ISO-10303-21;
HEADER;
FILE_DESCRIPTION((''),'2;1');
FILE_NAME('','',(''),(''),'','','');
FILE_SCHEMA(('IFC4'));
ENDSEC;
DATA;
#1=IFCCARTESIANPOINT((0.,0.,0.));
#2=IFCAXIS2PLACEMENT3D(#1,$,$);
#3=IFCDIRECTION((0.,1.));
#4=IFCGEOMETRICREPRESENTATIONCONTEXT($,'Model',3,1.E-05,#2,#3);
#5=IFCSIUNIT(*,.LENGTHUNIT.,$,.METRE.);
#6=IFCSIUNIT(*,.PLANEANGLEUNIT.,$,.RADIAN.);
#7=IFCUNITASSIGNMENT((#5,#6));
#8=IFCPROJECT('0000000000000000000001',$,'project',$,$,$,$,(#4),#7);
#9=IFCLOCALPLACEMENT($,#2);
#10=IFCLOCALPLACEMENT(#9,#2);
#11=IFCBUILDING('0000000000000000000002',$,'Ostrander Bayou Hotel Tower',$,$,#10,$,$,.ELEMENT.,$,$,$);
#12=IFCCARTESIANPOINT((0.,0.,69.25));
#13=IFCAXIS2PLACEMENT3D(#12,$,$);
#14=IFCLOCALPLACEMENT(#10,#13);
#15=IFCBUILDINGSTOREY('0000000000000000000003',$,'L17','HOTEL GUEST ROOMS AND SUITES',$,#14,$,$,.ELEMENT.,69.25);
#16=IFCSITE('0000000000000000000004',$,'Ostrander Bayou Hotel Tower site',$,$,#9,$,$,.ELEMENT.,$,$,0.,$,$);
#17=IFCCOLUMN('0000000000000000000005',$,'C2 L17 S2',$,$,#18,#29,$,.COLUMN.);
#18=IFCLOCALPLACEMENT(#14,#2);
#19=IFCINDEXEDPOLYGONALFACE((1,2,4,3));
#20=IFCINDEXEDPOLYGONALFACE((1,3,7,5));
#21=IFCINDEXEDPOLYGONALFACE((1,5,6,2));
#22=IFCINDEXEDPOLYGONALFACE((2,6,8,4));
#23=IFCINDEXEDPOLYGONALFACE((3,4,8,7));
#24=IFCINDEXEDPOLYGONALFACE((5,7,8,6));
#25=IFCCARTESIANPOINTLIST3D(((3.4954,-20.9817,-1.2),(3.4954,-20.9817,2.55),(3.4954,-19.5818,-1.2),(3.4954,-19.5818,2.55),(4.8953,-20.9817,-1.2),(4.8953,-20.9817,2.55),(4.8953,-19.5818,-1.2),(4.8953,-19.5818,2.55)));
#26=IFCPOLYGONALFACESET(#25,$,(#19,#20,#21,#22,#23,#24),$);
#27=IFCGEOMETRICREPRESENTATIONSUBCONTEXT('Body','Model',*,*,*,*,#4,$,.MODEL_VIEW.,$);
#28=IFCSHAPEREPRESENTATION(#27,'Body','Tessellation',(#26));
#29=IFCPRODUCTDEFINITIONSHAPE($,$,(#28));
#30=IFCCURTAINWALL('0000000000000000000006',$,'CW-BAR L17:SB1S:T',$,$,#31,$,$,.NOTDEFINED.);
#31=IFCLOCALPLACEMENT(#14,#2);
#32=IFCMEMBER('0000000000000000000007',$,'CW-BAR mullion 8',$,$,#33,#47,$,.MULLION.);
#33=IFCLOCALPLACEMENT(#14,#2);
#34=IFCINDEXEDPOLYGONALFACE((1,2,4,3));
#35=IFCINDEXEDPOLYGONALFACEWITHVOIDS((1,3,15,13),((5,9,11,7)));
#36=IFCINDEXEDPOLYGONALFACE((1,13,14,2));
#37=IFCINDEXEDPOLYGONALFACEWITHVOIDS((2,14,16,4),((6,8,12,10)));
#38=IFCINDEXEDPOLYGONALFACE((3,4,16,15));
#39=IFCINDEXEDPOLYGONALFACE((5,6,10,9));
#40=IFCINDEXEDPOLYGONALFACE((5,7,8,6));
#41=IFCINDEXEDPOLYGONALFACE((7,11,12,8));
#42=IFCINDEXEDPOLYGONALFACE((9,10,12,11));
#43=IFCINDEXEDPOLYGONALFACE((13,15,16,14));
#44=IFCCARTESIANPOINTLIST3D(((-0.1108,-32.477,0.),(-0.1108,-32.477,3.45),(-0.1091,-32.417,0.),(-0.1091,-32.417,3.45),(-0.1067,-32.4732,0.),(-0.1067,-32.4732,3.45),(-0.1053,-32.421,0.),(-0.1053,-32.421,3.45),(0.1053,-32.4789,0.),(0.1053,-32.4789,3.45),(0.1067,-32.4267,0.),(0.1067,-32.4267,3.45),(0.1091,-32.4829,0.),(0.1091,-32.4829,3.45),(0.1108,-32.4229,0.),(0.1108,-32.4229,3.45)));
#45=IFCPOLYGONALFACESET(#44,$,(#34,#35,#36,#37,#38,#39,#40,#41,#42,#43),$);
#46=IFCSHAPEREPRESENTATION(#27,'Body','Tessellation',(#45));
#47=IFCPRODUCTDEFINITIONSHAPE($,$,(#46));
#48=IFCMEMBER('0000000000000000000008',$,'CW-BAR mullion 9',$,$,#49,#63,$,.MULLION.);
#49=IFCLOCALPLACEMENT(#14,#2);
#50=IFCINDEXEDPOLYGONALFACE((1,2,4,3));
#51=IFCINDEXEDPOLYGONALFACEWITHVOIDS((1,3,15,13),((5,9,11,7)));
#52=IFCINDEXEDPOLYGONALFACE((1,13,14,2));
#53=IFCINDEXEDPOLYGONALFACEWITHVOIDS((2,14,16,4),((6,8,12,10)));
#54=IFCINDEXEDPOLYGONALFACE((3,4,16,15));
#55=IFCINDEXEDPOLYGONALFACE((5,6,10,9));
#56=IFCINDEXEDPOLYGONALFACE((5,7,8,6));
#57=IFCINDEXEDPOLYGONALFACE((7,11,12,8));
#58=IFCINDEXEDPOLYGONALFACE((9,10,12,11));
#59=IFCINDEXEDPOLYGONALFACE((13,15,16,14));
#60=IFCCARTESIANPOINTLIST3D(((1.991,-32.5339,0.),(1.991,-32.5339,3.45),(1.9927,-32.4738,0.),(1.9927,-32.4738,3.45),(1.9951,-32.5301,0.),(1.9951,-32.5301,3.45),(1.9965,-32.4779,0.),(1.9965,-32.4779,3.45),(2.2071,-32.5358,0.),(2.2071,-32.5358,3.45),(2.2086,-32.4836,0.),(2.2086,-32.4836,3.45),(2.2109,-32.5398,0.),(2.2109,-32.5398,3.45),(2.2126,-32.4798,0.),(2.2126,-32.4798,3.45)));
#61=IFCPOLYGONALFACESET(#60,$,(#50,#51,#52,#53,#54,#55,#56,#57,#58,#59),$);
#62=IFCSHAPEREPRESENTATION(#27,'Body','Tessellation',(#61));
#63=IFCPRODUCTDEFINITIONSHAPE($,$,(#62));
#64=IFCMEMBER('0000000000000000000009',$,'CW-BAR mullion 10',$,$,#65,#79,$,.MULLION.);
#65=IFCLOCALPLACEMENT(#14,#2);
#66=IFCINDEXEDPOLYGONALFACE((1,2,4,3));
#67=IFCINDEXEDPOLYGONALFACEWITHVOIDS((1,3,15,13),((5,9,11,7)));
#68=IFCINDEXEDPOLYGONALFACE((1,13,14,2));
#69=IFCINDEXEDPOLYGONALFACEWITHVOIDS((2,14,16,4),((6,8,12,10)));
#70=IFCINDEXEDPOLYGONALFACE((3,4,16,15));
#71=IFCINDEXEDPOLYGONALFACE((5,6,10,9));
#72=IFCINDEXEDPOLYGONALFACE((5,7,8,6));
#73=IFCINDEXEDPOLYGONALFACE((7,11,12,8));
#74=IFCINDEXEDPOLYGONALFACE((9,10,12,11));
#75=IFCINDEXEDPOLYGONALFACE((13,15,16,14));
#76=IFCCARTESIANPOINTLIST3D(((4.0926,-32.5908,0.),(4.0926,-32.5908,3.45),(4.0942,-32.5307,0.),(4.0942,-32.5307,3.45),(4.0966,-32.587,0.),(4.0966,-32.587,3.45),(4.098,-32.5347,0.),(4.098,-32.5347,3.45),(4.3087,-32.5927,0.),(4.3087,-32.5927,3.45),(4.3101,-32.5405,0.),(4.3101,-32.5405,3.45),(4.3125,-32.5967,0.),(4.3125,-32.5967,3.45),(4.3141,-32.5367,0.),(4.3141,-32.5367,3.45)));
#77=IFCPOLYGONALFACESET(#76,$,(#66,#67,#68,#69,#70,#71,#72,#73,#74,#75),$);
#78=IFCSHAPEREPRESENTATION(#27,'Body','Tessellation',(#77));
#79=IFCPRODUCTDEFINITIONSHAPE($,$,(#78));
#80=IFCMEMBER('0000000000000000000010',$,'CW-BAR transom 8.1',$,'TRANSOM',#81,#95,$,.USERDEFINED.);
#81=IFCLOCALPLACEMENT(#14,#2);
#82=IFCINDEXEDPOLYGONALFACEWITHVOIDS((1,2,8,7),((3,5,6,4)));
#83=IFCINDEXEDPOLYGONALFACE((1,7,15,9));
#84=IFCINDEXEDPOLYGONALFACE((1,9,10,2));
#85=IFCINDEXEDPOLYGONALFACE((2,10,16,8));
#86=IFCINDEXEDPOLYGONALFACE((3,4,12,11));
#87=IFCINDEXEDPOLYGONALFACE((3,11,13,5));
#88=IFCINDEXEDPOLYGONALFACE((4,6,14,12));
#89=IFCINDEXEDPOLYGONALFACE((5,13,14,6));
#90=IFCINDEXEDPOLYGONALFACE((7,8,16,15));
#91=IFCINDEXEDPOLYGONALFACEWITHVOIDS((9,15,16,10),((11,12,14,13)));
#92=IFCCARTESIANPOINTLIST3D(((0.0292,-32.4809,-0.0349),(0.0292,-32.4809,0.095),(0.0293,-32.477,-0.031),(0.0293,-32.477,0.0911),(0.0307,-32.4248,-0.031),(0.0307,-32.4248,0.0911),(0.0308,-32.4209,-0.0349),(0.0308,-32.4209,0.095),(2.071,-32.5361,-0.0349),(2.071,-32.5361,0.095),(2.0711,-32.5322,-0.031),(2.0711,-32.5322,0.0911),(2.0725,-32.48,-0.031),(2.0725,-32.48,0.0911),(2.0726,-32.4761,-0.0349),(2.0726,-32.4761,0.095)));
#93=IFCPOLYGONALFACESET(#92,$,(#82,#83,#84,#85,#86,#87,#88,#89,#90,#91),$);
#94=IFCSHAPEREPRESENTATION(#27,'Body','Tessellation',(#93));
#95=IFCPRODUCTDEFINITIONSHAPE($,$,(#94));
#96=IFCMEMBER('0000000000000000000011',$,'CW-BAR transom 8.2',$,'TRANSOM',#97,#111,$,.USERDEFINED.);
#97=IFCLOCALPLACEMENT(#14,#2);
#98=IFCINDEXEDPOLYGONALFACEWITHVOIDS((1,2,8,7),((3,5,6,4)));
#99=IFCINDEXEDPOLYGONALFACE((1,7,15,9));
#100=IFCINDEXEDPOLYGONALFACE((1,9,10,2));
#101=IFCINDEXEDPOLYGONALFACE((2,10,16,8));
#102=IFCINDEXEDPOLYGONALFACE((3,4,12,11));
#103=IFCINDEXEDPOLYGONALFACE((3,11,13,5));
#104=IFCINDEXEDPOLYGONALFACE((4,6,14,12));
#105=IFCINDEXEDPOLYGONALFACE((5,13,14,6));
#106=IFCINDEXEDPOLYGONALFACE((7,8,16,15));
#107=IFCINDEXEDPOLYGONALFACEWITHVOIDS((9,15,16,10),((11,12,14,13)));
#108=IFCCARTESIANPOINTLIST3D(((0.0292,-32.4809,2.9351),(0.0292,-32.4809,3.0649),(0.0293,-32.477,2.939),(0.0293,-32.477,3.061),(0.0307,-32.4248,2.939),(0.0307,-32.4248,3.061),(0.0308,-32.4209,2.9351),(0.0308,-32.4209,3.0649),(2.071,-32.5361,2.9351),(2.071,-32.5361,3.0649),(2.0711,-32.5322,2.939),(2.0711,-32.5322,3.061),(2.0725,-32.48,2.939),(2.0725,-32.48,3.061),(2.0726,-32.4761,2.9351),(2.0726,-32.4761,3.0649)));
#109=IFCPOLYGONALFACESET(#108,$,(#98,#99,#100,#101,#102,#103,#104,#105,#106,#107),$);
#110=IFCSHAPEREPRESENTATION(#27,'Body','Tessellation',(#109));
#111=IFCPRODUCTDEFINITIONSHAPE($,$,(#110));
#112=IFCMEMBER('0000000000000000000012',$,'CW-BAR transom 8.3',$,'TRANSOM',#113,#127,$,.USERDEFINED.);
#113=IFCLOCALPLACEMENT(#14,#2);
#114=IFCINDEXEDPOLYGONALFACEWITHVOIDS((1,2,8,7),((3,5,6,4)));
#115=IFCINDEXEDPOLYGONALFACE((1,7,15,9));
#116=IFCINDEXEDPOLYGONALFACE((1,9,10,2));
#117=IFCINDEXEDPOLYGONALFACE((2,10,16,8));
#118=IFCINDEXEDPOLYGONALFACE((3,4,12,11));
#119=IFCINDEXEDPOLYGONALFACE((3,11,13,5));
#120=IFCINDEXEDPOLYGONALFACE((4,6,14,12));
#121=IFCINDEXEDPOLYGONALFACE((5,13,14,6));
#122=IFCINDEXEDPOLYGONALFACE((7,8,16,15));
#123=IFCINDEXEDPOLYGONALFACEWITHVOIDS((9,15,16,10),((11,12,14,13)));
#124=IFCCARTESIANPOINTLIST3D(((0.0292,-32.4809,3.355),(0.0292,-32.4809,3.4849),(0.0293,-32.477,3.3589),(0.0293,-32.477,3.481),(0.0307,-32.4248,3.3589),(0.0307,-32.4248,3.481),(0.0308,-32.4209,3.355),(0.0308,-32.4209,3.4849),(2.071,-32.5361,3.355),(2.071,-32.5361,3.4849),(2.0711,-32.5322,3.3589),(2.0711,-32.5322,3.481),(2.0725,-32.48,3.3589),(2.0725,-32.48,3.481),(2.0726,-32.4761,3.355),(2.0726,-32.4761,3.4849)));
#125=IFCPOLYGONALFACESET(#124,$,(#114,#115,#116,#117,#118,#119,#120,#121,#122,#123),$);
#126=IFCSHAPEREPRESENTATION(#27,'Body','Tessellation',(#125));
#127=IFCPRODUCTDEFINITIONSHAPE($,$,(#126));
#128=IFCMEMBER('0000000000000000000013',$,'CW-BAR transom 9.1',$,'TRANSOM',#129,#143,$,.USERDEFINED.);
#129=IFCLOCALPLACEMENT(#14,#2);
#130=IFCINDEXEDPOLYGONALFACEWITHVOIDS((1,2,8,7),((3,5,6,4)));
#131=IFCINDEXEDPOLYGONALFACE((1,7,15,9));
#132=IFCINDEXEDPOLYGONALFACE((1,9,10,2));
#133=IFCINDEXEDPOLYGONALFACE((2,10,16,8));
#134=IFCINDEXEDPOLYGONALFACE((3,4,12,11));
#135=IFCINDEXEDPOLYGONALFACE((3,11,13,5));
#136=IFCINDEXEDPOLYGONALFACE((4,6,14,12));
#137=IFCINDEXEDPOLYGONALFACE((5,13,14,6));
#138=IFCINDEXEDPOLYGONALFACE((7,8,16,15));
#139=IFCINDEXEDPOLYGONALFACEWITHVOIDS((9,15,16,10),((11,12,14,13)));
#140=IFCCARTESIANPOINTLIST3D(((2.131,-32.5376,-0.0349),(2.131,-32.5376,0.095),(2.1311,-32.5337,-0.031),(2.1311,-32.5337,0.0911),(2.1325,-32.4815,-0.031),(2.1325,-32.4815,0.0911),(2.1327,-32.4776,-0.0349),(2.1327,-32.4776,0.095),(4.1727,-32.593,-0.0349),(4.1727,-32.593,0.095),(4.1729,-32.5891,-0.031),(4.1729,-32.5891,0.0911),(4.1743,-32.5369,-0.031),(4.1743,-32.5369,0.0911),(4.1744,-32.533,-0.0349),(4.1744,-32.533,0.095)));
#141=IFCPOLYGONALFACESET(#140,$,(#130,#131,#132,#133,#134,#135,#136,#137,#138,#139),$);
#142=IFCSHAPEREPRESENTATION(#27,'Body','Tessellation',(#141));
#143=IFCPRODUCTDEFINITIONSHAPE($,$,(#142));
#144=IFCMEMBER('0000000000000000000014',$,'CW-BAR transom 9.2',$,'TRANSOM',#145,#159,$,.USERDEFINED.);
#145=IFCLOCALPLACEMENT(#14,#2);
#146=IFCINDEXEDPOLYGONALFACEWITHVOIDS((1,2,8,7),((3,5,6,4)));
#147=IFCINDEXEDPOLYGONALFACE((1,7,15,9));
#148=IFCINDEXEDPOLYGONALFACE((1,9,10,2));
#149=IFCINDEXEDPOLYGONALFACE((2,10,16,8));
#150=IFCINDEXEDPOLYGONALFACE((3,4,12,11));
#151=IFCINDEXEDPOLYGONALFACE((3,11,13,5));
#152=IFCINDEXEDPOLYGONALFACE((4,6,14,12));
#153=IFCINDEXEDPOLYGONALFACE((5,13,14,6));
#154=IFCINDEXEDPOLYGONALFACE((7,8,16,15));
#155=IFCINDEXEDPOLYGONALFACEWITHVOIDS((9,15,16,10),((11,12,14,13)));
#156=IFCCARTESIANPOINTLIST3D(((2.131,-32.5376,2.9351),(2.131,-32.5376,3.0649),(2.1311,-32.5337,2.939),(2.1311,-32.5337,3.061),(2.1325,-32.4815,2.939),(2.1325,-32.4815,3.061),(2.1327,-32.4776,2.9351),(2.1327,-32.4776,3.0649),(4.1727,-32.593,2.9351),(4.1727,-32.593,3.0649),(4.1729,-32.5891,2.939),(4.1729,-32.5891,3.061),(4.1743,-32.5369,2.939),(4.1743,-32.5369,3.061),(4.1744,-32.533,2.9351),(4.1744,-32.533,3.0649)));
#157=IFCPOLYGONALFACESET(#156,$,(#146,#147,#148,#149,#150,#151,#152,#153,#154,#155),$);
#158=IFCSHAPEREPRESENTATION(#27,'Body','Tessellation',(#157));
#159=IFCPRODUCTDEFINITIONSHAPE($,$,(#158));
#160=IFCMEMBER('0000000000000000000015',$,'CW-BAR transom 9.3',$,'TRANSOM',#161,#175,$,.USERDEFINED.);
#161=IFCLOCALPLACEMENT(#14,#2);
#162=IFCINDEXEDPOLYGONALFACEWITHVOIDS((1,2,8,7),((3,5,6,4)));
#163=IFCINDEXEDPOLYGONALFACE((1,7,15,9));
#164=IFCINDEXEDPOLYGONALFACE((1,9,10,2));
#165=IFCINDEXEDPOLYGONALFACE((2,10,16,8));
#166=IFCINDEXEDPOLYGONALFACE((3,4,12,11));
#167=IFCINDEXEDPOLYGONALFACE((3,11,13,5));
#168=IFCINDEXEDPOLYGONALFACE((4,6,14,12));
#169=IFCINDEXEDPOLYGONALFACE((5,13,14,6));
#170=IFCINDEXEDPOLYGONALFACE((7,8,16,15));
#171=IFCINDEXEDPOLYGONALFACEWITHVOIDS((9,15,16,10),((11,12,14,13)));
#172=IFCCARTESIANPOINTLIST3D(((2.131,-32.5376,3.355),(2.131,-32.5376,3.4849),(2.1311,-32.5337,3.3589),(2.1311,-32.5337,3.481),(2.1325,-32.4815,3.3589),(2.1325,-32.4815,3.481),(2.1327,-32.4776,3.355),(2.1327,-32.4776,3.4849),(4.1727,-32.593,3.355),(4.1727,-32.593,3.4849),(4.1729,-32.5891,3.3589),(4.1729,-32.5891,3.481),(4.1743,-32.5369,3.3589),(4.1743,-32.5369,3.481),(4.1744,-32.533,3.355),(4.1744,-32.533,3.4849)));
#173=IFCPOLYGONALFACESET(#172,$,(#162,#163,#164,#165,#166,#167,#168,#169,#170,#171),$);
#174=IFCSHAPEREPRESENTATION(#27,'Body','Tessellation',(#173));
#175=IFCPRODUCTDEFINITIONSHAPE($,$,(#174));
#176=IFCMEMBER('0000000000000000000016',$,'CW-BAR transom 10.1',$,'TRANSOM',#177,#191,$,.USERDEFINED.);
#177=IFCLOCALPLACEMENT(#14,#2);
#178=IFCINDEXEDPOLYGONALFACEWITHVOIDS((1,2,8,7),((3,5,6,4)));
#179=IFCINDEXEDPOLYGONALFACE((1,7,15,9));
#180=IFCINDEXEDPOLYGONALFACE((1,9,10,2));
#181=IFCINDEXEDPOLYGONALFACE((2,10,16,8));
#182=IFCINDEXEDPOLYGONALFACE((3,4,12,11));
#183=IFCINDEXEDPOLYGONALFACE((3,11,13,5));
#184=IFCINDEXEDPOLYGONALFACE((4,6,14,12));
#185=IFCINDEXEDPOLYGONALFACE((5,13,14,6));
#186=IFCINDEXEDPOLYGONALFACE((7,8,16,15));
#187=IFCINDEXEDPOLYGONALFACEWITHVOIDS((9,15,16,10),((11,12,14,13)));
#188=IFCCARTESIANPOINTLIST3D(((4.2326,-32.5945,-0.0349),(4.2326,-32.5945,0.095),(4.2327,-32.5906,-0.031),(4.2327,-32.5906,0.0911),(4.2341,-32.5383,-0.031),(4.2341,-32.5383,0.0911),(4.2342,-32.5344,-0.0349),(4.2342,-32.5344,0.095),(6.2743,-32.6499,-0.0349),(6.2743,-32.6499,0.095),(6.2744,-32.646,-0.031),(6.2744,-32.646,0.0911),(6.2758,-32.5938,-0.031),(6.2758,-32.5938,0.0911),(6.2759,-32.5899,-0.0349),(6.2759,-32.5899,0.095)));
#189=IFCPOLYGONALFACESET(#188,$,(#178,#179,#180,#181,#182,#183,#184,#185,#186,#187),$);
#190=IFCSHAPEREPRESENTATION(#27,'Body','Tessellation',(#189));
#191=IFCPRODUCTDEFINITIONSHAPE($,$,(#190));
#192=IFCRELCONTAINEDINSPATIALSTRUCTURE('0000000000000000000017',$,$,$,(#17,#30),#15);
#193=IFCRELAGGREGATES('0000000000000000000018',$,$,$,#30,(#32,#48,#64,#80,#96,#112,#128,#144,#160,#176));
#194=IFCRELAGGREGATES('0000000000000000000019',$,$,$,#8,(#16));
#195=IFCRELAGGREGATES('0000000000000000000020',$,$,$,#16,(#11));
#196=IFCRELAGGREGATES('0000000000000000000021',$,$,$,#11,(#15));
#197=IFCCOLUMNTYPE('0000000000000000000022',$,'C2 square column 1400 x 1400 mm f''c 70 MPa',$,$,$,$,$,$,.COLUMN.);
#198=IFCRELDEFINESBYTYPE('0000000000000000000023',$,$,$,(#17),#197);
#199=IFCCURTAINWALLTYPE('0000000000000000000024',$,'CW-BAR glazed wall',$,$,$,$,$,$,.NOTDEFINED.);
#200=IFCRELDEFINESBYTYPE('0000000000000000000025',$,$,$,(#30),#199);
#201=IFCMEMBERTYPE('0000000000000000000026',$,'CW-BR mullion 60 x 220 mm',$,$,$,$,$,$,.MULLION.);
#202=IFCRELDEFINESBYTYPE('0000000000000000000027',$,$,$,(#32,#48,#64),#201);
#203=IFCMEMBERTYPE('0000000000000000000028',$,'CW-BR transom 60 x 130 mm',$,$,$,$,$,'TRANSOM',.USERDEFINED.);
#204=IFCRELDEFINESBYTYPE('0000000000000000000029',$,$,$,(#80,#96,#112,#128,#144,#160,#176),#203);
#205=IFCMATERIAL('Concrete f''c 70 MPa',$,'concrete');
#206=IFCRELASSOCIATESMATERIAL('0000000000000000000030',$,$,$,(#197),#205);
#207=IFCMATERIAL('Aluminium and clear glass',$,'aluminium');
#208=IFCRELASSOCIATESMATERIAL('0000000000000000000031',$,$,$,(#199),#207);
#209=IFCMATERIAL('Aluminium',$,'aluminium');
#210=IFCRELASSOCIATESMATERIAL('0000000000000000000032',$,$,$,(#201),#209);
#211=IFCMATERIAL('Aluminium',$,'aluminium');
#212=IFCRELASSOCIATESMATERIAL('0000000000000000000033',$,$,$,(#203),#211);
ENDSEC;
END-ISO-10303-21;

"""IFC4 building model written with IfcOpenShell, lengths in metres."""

from ifc_helpers import new_model, si_unit, direction, frame, origin, origin_2d, place, context, subcontext, project, spatial, rectangle, hollow_rectangle, extrude, material, material_profile, profile_set, type_object, element, aggregate, save


model = new_model("IFC4")

# Units and contexts
model_context = context("Model", 3, precision=1e-05, world=origin(), true_north=direction((0.0, 1.0)))
body_context = subcontext(model_context, "Body", "Model", "MODEL_VIEW")
ifc_project = project(units=[si_unit("LENGTHUNIT", "METRE"), si_unit("PLANEANGLEUNIT", "RADIAN")], contexts=[model_context])

# Site, building, storey
site_placement = place(None, origin())
site = spatial("IfcSite", under=ifc_project, at=site_placement, Name="Ostrander Bayou Hotel Tower site", CompositionType="ELEMENT", RefElevation=0.0)
building_placement = place(site_placement, origin())
building = spatial("IfcBuilding", under=site, at=building_placement, Name="Ostrander Bayou Hotel Tower", CompositionType="ELEMENT")
storey_placement = place(building_placement, frame((0.0, 0.0, 69.25)))
storey = spatial("IfcBuildingStorey", under=building, at=storey_placement, Name="L17", Description="HOTEL GUEST ROOMS AND SUITES", CompositionType="ELEMENT", Elevation=69.25)

# Column
ifc_material_1 = material(Name="Concrete f'c 70 MPa", Category="concrete")
ifc_material_profile_1 = material_profile(ifc_material_1, rectangle(XDim=1.3999, YDim=1.3999, at=origin_2d()))
ifc_profile_set_1 = profile_set([ifc_material_profile_1], Name="Concrete f'c 70 MPa")
column_type = type_object("IfcColumnType", Name="C2 square column 1400 x 1400 mm f'c 70 MPa", PredefinedType="COLUMN", material=ifc_profile_set_1)
column_placement = place(storey_placement, frame((4.1953, -20.2817, -1.2), z_axis=(0.0, 0.0, 1.0), x_axis=(-1.0, 0.0, 0.0)))
element("IfcColumn", 1, at=column_placement, inside=storey, type_object=column_type, Name="C2 L17 S2", PredefinedType="COLUMN", context=body_context, shape_type="SweptSolid", body=[
    extrude(rectangle(XDim=1.3999, YDim=1.3999, at=origin_2d()), origin(), (0.0, 0.0, 1.0), 3.75),
])

# Curtain wall, members
ifc_material_2 = material(Name="Aluminium and clear glass", Category="aluminium")
curtain_wall_type = type_object("IfcCurtainWallType", Name="CW-BAR glazed wall", PredefinedType="NOTDEFINED", material=ifc_material_2)
curtain_wall_placement = place(storey_placement, origin())
curtain_wall = element("IfcCurtainWall", 2, at=curtain_wall_placement, inside=storey, type_object=curtain_wall_type, Name="CW-BAR L17:SB1S:T", PredefinedType="NOTDEFINED")
ifc_material_3 = material(Name="Aluminium", Category="aluminium")
ifc_material_profile_2 = material_profile(ifc_material_3, hollow_rectangle(XDim=0.0601, YDim=0.22, WallThickness=0.0039, at=origin_2d()))
ifc_profile_set_2 = profile_set([ifc_material_profile_2], Name="Aluminium")
member_type_1 = type_object("IfcMemberType", Name="CW-BR mullion 60 x 220 mm", PredefinedType="MULLION", material=ifc_profile_set_2)
member_1_placement = place(storey_placement, frame((0.0, -32.45, 0.0), z_axis=(0.0, 0.0, 1.0), x_axis=(0.027042, 0.999634, 0.0)))
member_1 = element("IfcMember", 3, at=member_1_placement, type_object=member_type_1, Name="CW-BAR mullion 8", PredefinedType="MULLION", context=body_context, shape_type="SweptSolid", body=[
    extrude(hollow_rectangle(XDim=0.0601, YDim=0.22, WallThickness=0.0039, at=origin_2d()), origin(), (0.0, 0.0, 1.0), 3.45),
])
member_2_placement = place(storey_placement, frame((2.1018, -32.5068, 0.0), z_axis=(0.0, 0.0, 1.0), x_axis=(0.027042, 0.999634, 0.0)))
member_2 = element("IfcMember", 4, at=member_2_placement, type_object=member_type_1, Name="CW-BAR mullion 9", PredefinedType="MULLION", context=body_context, shape_type="SweptSolid", body=[
    extrude(hollow_rectangle(XDim=0.0601, YDim=0.22, WallThickness=0.0039, at=origin_2d()), origin(), (0.0, 0.0, 1.0), 3.45),
])
member_3_placement = place(storey_placement, frame((4.2034, -32.5637, 0.0), z_axis=(0.0, 0.0, 1.0), x_axis=(0.027042, 0.999634, 0.0)))
member_3 = element("IfcMember", 5, at=member_3_placement, type_object=member_type_1, Name="CW-BAR mullion 10", PredefinedType="MULLION", context=body_context, shape_type="SweptSolid", body=[
    extrude(hollow_rectangle(XDim=0.0601, YDim=0.22, WallThickness=0.0039, at=origin_2d()), origin(), (0.0, 0.0, 1.0), 3.45),
])
ifc_material_4 = material(Name="Aluminium", Category="aluminium")
ifc_material_profile_3 = material_profile(ifc_material_4, hollow_rectangle(XDim=0.0601, YDim=0.1299, WallThickness=0.0039, at=origin_2d()))
ifc_profile_set_3 = profile_set([ifc_material_profile_3], Name="Aluminium")
member_type_2 = type_object("IfcMemberType", Name="CW-BR transom 60 x 130 mm", ElementType="TRANSOM", PredefinedType="USERDEFINED", material=ifc_profile_set_3)
member_4_placement = place(storey_placement, frame((0.03, -32.4509, 0.03), z_axis=(0.999635, -0.027014, 0.0), x_axis=(0.027014, 0.999635, 0.0)))
member_4 = element("IfcMember", 6, at=member_4_placement, type_object=member_type_2, Name="CW-BAR transom 8.1", ObjectType="TRANSOM", PredefinedType="USERDEFINED", context=body_context, shape_type="SweptSolid", body=[
    extrude(hollow_rectangle(XDim=0.0601, YDim=0.1299, WallThickness=0.0039, at=origin_2d()), origin(), (0.0, 0.0, 1.0), 2.0425),
])
member_5_placement = place(storey_placement, frame((0.03, -32.4509, 3.0), z_axis=(0.999635, -0.027014, 0.0), x_axis=(0.027014, 0.999635, 0.0)))
member_5 = element("IfcMember", 7, at=member_5_placement, type_object=member_type_2, Name="CW-BAR transom 8.2", ObjectType="TRANSOM", PredefinedType="USERDEFINED", context=body_context, shape_type="SweptSolid", body=[
    extrude(hollow_rectangle(XDim=0.0601, YDim=0.1299, WallThickness=0.0039, at=origin_2d()), origin(), (0.0, 0.0, 1.0), 2.0425),
])
member_6_placement = place(storey_placement, frame((0.03, -32.4509, 3.4199), z_axis=(0.999635, -0.027014, 0.0), x_axis=(0.027014, 0.999635, 0.0)))
member_6 = element("IfcMember", 8, at=member_6_placement, type_object=member_type_2, Name="CW-BAR transom 8.3", ObjectType="TRANSOM", PredefinedType="USERDEFINED", context=body_context, shape_type="SweptSolid", body=[
    extrude(hollow_rectangle(XDim=0.0601, YDim=0.1299, WallThickness=0.0039, at=origin_2d()), origin(), (0.0, 0.0, 1.0), 2.0425),
])
member_7_placement = place(storey_placement, frame((2.1318, -32.5076, 0.03), z_axis=(0.999632, -0.027133, 0.0), x_axis=(0.027133, 0.999632, 0.0)))
member_7 = element("IfcMember", 9, at=member_7_placement, type_object=member_type_2, Name="CW-BAR transom 9.1", ObjectType="TRANSOM", PredefinedType="USERDEFINED", context=body_context, shape_type="SweptSolid", body=[
    extrude(hollow_rectangle(XDim=0.0601, YDim=0.1299, WallThickness=0.0039, at=origin_2d()), origin(), (0.0, 0.0, 1.0), 2.0425),
])
member_8_placement = place(storey_placement, frame((2.1318, -32.5076, 3.0), z_axis=(0.999632, -0.027133, 0.0), x_axis=(0.027133, 0.999632, 0.0)))
member_8 = element("IfcMember", 10, at=member_8_placement, type_object=member_type_2, Name="CW-BAR transom 9.2", ObjectType="TRANSOM", PredefinedType="USERDEFINED", context=body_context, shape_type="SweptSolid", body=[
    extrude(hollow_rectangle(XDim=0.0601, YDim=0.1299, WallThickness=0.0039, at=origin_2d()), origin(), (0.0, 0.0, 1.0), 2.0425),
])
member_9_placement = place(storey_placement, frame((2.1318, -32.5076, 3.4199), z_axis=(0.999632, -0.027133, 0.0), x_axis=(0.027133, 0.999632, 0.0)))
member_9 = element("IfcMember", 11, at=member_9_placement, type_object=member_type_2, Name="CW-BAR transom 9.3", ObjectType="TRANSOM", PredefinedType="USERDEFINED", context=body_context, shape_type="SweptSolid", body=[
    extrude(hollow_rectangle(XDim=0.0601, YDim=0.1299, WallThickness=0.0039, at=origin_2d()), origin(), (0.0, 0.0, 1.0), 2.0425),
])
member_10_placement = place(storey_placement, frame((4.2334, -32.5645, 0.03), z_axis=(0.999632, -0.027133, 0.0), x_axis=(0.027133, 0.999632, 0.0)))
member_10 = element("IfcMember", 12, at=member_10_placement, type_object=member_type_2, Name="CW-BAR transom 10.1", ObjectType="TRANSOM", PredefinedType="USERDEFINED", context=body_context, shape_type="SweptSolid", body=[
    extrude(hollow_rectangle(XDim=0.0601, YDim=0.1299, WallThickness=0.0039, at=origin_2d()), origin(), (0.0, 0.0, 1.0), 2.0425),
])
aggregate(curtain_wall, [member_1, member_2, member_3, member_4, member_5, member_6, member_7, member_8, member_9, member_10])

save(model, "model.ifc")
